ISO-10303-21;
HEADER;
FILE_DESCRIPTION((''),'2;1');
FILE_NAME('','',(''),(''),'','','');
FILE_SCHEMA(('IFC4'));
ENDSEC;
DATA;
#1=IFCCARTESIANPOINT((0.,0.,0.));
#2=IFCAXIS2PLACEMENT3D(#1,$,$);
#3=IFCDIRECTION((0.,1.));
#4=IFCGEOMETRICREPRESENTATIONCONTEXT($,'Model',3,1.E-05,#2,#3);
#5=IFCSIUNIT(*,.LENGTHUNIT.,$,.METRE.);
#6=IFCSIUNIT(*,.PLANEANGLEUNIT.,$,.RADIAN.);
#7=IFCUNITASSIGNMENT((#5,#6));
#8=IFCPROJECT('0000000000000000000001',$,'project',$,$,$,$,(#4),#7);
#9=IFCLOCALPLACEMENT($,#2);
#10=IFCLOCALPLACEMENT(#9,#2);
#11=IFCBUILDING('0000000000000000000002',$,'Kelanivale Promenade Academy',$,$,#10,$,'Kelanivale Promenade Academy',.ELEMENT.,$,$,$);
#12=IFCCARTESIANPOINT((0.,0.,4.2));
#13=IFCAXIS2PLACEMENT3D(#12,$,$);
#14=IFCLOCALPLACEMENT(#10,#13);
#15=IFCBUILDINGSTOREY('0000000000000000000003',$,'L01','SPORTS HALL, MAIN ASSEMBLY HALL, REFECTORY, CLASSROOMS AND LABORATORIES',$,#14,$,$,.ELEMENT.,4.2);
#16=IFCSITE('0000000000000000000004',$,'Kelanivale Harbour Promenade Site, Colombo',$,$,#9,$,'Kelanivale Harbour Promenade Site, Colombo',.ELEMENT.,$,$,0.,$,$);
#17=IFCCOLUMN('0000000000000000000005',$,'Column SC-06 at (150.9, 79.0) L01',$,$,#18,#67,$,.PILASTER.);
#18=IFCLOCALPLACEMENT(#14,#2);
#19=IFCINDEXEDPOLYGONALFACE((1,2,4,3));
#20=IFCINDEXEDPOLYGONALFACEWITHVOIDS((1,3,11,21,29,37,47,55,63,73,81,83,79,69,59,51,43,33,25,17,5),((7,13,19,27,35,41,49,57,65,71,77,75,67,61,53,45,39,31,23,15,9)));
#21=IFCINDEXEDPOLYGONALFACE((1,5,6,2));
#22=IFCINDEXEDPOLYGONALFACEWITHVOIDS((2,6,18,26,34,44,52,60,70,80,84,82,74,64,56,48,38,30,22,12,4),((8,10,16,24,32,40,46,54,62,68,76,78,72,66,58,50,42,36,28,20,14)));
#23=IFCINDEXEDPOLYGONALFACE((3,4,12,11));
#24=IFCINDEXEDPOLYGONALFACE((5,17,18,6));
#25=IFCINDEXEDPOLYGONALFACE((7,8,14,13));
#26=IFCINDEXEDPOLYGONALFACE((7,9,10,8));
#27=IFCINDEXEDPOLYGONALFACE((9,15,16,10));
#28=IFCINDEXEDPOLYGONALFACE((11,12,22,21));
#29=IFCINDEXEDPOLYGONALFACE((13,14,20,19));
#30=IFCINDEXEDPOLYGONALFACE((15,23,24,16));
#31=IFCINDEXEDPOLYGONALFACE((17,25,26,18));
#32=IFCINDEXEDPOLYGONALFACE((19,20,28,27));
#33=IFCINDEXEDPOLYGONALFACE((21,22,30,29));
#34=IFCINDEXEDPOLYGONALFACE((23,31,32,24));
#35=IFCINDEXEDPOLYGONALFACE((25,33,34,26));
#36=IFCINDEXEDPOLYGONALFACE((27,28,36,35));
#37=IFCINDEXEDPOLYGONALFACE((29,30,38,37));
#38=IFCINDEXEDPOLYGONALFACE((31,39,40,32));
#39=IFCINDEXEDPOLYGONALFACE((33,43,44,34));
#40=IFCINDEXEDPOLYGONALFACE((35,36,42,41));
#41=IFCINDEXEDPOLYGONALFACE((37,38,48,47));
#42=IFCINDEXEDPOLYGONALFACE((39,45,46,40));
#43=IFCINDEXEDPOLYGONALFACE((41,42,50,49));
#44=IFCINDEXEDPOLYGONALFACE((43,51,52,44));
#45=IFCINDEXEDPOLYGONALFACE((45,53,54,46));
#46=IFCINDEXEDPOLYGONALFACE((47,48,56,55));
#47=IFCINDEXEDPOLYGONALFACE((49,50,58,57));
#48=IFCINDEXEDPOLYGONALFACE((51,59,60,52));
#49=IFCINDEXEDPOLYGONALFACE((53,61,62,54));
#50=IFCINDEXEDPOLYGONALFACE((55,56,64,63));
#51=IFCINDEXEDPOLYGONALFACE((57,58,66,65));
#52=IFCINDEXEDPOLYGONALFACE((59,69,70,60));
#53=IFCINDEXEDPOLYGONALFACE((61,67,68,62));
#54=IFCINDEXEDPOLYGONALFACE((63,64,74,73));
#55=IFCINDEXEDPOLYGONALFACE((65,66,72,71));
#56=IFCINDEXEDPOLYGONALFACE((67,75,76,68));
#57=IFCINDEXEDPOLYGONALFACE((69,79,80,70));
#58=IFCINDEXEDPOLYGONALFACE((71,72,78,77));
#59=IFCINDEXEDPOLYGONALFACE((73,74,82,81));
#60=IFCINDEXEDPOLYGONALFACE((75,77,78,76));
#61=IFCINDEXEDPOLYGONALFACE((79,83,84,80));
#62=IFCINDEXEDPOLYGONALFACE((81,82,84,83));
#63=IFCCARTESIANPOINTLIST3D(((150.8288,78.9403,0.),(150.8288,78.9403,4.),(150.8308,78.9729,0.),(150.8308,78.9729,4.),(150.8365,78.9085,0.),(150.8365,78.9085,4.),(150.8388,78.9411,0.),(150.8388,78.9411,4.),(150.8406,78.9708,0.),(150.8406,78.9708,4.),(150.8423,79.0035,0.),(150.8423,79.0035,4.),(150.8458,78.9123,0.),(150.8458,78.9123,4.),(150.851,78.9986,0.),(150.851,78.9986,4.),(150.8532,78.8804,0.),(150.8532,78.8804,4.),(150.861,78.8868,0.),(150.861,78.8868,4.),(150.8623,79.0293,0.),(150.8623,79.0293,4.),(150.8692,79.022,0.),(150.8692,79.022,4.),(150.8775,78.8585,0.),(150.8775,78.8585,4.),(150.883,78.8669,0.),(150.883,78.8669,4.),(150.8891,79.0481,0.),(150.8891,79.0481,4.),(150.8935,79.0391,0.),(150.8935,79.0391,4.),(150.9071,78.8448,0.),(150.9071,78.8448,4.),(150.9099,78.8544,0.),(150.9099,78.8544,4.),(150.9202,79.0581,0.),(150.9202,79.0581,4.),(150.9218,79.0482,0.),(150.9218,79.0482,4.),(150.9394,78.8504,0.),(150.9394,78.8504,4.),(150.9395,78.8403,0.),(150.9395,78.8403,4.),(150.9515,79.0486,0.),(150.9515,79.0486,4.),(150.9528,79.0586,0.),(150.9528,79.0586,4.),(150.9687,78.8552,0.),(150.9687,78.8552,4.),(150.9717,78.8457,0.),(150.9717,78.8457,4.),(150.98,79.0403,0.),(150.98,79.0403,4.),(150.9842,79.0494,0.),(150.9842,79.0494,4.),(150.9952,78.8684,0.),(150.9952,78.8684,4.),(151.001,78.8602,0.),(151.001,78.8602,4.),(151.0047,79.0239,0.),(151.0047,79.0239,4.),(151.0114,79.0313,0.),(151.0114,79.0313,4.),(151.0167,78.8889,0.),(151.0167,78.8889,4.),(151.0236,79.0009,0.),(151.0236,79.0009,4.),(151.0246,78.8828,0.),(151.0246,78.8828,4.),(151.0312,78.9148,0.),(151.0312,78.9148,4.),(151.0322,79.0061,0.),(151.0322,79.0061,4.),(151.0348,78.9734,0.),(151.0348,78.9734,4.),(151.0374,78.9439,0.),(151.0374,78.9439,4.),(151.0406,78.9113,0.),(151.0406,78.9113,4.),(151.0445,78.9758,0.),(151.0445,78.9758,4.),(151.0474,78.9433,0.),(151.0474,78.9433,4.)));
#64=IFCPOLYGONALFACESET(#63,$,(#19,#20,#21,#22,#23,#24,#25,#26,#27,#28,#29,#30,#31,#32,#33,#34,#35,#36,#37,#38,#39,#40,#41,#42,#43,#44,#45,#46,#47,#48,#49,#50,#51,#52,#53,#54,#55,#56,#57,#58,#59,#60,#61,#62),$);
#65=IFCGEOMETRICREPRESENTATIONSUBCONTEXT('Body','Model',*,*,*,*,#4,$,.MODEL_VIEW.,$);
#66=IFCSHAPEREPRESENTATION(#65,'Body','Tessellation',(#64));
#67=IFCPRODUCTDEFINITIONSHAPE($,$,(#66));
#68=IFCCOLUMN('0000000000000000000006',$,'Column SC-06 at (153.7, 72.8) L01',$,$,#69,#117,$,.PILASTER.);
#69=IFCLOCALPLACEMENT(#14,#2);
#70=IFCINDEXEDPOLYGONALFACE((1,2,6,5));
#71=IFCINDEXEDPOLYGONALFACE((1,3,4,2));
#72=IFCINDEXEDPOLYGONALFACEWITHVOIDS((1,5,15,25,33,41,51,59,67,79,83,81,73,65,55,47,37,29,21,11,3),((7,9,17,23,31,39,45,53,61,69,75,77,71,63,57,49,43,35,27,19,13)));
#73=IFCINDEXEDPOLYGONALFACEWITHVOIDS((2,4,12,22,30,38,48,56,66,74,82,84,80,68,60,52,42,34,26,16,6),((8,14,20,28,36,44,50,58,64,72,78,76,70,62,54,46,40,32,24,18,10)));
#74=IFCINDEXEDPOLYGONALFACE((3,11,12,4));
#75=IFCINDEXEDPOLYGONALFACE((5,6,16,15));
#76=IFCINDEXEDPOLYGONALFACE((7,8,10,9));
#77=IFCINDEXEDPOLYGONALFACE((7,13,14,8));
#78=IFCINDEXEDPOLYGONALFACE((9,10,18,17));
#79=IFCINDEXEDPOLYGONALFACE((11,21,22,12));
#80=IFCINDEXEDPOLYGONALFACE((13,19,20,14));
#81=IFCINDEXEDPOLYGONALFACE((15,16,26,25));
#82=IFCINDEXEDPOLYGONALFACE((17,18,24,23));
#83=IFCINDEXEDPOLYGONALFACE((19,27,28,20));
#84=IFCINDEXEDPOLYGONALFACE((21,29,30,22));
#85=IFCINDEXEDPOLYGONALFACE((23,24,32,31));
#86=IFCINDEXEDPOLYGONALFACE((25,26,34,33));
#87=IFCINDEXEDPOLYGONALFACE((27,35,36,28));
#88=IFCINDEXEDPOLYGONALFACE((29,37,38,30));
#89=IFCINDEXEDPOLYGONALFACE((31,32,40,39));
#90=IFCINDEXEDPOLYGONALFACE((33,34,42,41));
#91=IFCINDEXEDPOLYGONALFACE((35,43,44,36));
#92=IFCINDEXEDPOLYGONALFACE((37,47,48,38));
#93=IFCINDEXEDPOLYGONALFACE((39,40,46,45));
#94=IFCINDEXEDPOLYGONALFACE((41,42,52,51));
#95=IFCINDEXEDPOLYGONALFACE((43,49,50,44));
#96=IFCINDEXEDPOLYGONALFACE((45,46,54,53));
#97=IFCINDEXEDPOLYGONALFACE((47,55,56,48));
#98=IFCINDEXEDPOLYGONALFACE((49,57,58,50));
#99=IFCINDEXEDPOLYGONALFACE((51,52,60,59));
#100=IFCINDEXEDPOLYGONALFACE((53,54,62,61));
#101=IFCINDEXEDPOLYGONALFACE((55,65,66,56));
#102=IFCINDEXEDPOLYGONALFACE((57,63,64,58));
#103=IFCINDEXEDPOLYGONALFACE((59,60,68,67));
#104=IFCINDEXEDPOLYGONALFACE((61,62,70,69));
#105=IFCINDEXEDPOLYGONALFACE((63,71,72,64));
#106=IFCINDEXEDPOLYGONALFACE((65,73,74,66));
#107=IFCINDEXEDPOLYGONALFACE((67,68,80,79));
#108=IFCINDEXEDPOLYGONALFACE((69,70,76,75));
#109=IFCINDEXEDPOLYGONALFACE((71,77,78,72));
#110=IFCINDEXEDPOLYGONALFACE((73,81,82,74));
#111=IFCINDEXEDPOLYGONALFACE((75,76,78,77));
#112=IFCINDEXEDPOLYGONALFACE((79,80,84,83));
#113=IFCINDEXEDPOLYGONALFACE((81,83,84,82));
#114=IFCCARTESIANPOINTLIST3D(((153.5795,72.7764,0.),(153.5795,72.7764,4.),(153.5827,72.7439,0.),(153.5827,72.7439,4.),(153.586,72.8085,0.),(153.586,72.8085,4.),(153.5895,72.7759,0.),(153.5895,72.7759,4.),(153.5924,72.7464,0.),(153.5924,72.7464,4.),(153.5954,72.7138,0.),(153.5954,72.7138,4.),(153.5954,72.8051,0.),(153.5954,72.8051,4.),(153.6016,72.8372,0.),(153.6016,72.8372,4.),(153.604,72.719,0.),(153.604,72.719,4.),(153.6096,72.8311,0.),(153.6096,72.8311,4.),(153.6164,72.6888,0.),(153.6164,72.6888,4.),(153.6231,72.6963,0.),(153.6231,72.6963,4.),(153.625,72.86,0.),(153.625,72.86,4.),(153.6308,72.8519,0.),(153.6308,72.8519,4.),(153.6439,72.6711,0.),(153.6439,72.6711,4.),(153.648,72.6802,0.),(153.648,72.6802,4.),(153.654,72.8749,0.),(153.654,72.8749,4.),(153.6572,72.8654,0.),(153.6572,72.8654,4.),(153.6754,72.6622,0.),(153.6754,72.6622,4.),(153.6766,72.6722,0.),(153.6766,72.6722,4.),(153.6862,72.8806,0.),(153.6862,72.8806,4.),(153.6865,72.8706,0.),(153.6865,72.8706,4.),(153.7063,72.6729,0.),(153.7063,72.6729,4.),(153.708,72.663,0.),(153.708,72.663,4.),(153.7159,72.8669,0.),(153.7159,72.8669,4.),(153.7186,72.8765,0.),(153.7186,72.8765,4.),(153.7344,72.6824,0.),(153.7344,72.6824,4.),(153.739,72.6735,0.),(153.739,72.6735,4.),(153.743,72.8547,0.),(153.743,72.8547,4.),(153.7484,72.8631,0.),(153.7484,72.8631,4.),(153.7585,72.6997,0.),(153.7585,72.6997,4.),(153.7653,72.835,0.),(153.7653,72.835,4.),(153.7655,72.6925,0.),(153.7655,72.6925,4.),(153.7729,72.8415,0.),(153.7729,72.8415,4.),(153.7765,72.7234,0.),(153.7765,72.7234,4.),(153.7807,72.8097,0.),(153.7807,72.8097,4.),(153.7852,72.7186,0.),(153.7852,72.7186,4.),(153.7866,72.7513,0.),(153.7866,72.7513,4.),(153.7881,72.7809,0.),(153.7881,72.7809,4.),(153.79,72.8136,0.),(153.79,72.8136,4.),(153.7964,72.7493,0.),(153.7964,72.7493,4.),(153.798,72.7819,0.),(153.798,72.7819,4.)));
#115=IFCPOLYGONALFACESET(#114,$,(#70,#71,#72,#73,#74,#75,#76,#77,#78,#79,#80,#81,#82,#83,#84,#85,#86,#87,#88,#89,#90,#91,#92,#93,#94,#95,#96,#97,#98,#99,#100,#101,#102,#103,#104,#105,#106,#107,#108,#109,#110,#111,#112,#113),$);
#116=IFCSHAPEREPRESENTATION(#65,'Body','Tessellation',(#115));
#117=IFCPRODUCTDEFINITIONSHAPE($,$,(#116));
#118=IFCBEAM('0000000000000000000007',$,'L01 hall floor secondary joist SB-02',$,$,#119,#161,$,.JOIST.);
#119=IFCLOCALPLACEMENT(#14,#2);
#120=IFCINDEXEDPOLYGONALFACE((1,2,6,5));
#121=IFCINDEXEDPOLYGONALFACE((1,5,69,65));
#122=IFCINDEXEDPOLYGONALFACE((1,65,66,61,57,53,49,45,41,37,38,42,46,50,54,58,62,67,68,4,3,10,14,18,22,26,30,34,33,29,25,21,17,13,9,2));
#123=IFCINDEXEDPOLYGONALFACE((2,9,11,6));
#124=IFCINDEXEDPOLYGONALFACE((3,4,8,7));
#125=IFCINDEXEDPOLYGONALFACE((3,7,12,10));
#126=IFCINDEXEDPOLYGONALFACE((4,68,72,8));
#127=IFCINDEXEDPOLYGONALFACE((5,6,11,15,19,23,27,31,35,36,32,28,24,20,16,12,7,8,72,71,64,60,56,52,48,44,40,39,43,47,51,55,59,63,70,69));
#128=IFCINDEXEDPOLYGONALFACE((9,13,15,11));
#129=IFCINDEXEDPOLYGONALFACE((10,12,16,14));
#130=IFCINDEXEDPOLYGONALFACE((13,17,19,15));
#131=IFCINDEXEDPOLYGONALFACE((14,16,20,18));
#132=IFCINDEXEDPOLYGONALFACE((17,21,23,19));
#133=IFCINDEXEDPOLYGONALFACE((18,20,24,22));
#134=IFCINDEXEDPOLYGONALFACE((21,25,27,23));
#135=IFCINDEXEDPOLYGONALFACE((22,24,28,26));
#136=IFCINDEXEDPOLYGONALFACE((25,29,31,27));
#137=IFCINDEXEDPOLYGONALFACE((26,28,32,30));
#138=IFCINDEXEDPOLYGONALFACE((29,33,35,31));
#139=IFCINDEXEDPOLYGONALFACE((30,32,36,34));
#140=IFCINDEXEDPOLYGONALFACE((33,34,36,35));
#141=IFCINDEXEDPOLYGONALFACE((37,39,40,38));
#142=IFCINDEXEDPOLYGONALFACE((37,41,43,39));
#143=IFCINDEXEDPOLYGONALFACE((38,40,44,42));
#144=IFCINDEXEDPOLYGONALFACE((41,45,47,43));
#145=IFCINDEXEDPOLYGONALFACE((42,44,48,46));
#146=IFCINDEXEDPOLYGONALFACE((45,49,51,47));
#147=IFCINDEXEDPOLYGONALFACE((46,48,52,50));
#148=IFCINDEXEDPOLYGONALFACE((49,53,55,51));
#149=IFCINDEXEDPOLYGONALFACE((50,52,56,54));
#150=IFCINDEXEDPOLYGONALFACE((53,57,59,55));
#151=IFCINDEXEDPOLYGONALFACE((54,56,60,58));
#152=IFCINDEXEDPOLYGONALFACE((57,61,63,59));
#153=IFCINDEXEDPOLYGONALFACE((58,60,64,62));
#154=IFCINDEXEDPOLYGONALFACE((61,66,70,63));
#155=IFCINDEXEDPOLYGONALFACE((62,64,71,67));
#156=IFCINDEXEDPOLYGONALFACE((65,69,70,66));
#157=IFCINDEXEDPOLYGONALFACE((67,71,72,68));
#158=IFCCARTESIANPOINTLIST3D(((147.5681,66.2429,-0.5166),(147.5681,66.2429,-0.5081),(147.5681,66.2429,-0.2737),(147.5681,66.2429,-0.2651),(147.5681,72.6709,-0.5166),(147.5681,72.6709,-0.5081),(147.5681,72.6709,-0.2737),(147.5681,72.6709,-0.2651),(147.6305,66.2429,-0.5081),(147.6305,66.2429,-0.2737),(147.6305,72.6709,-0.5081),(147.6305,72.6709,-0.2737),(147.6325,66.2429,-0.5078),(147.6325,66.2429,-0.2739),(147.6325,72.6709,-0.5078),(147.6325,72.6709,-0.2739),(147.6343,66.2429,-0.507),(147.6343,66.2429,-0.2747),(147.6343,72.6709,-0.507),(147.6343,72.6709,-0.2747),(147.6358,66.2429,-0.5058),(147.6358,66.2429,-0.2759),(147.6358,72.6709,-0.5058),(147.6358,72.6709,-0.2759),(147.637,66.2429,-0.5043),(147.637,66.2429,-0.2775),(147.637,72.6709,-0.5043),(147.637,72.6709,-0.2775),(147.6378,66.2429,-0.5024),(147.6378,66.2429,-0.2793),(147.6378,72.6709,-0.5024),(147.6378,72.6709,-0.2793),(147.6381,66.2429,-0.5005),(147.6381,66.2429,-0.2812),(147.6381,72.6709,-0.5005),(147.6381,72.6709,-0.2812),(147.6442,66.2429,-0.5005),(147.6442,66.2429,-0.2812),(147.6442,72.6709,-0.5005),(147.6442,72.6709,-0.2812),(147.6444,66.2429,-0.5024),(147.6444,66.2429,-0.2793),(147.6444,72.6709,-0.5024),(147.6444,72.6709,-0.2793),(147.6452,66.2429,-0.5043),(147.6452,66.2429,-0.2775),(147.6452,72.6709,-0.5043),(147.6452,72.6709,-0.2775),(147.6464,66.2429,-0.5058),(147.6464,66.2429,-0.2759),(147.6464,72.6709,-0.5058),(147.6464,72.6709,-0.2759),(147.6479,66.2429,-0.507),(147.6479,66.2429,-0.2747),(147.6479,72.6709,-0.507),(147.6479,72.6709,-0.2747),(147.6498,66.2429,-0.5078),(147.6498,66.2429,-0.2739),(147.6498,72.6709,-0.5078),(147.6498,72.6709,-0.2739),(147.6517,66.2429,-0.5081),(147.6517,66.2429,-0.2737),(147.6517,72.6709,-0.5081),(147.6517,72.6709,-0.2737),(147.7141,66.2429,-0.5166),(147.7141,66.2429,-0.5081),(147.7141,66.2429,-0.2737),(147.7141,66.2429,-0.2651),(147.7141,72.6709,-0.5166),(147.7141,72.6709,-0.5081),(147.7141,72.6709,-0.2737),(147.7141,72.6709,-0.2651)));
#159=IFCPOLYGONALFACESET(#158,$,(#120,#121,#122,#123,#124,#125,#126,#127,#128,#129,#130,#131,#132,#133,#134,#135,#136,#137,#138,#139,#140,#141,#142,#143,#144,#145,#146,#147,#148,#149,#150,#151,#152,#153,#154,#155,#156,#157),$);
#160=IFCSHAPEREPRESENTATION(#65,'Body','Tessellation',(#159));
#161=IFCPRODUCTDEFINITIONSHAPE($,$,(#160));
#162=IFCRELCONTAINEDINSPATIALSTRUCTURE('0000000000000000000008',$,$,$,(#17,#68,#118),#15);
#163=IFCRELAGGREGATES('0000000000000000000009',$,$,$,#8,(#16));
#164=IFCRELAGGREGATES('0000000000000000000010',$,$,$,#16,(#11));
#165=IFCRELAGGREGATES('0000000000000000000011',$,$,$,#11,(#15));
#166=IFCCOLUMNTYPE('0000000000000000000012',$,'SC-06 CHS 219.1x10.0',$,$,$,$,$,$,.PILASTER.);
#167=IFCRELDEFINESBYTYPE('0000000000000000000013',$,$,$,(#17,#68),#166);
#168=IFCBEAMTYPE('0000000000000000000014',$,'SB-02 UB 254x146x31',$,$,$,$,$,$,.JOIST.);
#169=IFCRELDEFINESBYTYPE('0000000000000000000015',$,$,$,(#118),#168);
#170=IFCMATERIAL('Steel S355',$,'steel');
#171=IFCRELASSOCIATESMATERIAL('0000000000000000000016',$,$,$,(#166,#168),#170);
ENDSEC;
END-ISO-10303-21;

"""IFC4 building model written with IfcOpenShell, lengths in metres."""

from ifc_helpers import new_model, si_unit, direction, frame, origin, origin_2d, place, context, subcontext, project, spatial, hollow_circle, i_section, extrude, material, material_profile, profile_set, type_object, element, save


model = new_model("IFC4")

# Units and contexts
model_context = context("Model", 3, precision=1e-05, world=origin(), true_north=direction((0.0, 1.0)))
body_context = subcontext(model_context, "Body", "Model", "MODEL_VIEW")
ifc_project = project(units=[si_unit("LENGTHUNIT", "METRE"), si_unit("PLANEANGLEUNIT", "RADIAN")], contexts=[model_context])

# Site, building, storey
site_placement = place(None, origin())
site = spatial("IfcSite", under=ifc_project, at=site_placement, Name="Kelanivale Harbour Promenade Site, Colombo", LongName="Kelanivale Harbour Promenade Site, Colombo", CompositionType="ELEMENT", RefElevation=0.0)
building_placement = place(site_placement, origin())
building = spatial("IfcBuilding", under=site, at=building_placement, Name="Kelanivale Promenade Academy", LongName="Kelanivale Promenade Academy", CompositionType="ELEMENT")
storey_placement = place(building_placement, frame((0.0, 0.0, 4.2)))
storey = spatial("IfcBuildingStorey", under=building, at=storey_placement, Name="L01", Description="SPORTS HALL, MAIN ASSEMBLY HALL, REFECTORY, CLASSROOMS AND LABORATORIES", CompositionType="ELEMENT", Elevation=4.2)

# Columns
ifc_material_1 = material(Name="Steel S355", Category="steel")
ifc_material_profile_1 = material_profile(ifc_material_1, hollow_circle(Radius=0.1096, WallThickness=0.01, at=origin_2d()), Name="CHS 219.1x10.0")
ifc_profile_set_1 = profile_set([ifc_material_profile_1], Name="Steel S355")
column_type_1 = type_object("IfcColumnType", Name="SC-06 CHS 219.1x10.0", PredefinedType="PILASTER", material=ifc_profile_set_1)
for number, where, z_axis, x_axis, name in (
    (1, (150.938, 78.95, 0.0), (0.0, 0.0, 1.0), (-0.446198, 0.894934, 0.0), "Column SC-06 at (150.9, 79.0) L01"),
    (2, (153.689, 72.771, 0.0), (0.0, 0.0, 1.0), (-0.318628, 0.94788, 0.0), "Column SC-06 at (153.7, 72.8) L01"),
):
    element("IfcColumn", number, at=place(storey_placement, frame(where, z_axis=z_axis, x_axis=x_axis)), inside=storey, type_object=column_type_1, Name=name, PredefinedType="PILASTER", context=body_context, shape_type="SweptSolid", body=[
        extrude(hollow_circle(Radius=0.1096, WallThickness=0.01, at=origin_2d()), origin(), (0.0, 0.0, 1.0), 4.0),
    ])

# Beam
ifc_material_profile_2 = material_profile(ifc_material_1, i_section(OverallWidth=0.146, OverallDepth=0.2515, WebThickness=0.0061, FlangeThickness=0.0085, FilletRadius=0.0076, at=origin_2d()), Name="UB 254x146x31")
ifc_profile_set_2 = profile_set([ifc_material_profile_2], Name="Steel S355")
beam_type_1 = type_object("IfcBeamType", Name="SB-02 UB 254x146x31", PredefinedType="JOIST", material=ifc_profile_set_2)
beam_1_placement = place(storey_placement, frame((147.6411, 66.2429, -0.3909), z_axis=(0.0, 1.0, 0.0), x_axis=(-1.0, 0.0, 0.0)))
element("IfcBeam", 3, at=beam_1_placement, inside=storey, type_object=beam_type_1, Name="L01 hall floor secondary joist SB-02", PredefinedType="JOIST", context=body_context, shape_type="SweptSolid", body=[
    extrude(i_section(OverallWidth=0.146, OverallDepth=0.2515, WebThickness=0.0061, FlangeThickness=0.0085, FilletRadius=0.0076, at=origin_2d()), origin(), (0.0, 0.0, 1.0), 6.428),
])

save(model, "model.ifc")
